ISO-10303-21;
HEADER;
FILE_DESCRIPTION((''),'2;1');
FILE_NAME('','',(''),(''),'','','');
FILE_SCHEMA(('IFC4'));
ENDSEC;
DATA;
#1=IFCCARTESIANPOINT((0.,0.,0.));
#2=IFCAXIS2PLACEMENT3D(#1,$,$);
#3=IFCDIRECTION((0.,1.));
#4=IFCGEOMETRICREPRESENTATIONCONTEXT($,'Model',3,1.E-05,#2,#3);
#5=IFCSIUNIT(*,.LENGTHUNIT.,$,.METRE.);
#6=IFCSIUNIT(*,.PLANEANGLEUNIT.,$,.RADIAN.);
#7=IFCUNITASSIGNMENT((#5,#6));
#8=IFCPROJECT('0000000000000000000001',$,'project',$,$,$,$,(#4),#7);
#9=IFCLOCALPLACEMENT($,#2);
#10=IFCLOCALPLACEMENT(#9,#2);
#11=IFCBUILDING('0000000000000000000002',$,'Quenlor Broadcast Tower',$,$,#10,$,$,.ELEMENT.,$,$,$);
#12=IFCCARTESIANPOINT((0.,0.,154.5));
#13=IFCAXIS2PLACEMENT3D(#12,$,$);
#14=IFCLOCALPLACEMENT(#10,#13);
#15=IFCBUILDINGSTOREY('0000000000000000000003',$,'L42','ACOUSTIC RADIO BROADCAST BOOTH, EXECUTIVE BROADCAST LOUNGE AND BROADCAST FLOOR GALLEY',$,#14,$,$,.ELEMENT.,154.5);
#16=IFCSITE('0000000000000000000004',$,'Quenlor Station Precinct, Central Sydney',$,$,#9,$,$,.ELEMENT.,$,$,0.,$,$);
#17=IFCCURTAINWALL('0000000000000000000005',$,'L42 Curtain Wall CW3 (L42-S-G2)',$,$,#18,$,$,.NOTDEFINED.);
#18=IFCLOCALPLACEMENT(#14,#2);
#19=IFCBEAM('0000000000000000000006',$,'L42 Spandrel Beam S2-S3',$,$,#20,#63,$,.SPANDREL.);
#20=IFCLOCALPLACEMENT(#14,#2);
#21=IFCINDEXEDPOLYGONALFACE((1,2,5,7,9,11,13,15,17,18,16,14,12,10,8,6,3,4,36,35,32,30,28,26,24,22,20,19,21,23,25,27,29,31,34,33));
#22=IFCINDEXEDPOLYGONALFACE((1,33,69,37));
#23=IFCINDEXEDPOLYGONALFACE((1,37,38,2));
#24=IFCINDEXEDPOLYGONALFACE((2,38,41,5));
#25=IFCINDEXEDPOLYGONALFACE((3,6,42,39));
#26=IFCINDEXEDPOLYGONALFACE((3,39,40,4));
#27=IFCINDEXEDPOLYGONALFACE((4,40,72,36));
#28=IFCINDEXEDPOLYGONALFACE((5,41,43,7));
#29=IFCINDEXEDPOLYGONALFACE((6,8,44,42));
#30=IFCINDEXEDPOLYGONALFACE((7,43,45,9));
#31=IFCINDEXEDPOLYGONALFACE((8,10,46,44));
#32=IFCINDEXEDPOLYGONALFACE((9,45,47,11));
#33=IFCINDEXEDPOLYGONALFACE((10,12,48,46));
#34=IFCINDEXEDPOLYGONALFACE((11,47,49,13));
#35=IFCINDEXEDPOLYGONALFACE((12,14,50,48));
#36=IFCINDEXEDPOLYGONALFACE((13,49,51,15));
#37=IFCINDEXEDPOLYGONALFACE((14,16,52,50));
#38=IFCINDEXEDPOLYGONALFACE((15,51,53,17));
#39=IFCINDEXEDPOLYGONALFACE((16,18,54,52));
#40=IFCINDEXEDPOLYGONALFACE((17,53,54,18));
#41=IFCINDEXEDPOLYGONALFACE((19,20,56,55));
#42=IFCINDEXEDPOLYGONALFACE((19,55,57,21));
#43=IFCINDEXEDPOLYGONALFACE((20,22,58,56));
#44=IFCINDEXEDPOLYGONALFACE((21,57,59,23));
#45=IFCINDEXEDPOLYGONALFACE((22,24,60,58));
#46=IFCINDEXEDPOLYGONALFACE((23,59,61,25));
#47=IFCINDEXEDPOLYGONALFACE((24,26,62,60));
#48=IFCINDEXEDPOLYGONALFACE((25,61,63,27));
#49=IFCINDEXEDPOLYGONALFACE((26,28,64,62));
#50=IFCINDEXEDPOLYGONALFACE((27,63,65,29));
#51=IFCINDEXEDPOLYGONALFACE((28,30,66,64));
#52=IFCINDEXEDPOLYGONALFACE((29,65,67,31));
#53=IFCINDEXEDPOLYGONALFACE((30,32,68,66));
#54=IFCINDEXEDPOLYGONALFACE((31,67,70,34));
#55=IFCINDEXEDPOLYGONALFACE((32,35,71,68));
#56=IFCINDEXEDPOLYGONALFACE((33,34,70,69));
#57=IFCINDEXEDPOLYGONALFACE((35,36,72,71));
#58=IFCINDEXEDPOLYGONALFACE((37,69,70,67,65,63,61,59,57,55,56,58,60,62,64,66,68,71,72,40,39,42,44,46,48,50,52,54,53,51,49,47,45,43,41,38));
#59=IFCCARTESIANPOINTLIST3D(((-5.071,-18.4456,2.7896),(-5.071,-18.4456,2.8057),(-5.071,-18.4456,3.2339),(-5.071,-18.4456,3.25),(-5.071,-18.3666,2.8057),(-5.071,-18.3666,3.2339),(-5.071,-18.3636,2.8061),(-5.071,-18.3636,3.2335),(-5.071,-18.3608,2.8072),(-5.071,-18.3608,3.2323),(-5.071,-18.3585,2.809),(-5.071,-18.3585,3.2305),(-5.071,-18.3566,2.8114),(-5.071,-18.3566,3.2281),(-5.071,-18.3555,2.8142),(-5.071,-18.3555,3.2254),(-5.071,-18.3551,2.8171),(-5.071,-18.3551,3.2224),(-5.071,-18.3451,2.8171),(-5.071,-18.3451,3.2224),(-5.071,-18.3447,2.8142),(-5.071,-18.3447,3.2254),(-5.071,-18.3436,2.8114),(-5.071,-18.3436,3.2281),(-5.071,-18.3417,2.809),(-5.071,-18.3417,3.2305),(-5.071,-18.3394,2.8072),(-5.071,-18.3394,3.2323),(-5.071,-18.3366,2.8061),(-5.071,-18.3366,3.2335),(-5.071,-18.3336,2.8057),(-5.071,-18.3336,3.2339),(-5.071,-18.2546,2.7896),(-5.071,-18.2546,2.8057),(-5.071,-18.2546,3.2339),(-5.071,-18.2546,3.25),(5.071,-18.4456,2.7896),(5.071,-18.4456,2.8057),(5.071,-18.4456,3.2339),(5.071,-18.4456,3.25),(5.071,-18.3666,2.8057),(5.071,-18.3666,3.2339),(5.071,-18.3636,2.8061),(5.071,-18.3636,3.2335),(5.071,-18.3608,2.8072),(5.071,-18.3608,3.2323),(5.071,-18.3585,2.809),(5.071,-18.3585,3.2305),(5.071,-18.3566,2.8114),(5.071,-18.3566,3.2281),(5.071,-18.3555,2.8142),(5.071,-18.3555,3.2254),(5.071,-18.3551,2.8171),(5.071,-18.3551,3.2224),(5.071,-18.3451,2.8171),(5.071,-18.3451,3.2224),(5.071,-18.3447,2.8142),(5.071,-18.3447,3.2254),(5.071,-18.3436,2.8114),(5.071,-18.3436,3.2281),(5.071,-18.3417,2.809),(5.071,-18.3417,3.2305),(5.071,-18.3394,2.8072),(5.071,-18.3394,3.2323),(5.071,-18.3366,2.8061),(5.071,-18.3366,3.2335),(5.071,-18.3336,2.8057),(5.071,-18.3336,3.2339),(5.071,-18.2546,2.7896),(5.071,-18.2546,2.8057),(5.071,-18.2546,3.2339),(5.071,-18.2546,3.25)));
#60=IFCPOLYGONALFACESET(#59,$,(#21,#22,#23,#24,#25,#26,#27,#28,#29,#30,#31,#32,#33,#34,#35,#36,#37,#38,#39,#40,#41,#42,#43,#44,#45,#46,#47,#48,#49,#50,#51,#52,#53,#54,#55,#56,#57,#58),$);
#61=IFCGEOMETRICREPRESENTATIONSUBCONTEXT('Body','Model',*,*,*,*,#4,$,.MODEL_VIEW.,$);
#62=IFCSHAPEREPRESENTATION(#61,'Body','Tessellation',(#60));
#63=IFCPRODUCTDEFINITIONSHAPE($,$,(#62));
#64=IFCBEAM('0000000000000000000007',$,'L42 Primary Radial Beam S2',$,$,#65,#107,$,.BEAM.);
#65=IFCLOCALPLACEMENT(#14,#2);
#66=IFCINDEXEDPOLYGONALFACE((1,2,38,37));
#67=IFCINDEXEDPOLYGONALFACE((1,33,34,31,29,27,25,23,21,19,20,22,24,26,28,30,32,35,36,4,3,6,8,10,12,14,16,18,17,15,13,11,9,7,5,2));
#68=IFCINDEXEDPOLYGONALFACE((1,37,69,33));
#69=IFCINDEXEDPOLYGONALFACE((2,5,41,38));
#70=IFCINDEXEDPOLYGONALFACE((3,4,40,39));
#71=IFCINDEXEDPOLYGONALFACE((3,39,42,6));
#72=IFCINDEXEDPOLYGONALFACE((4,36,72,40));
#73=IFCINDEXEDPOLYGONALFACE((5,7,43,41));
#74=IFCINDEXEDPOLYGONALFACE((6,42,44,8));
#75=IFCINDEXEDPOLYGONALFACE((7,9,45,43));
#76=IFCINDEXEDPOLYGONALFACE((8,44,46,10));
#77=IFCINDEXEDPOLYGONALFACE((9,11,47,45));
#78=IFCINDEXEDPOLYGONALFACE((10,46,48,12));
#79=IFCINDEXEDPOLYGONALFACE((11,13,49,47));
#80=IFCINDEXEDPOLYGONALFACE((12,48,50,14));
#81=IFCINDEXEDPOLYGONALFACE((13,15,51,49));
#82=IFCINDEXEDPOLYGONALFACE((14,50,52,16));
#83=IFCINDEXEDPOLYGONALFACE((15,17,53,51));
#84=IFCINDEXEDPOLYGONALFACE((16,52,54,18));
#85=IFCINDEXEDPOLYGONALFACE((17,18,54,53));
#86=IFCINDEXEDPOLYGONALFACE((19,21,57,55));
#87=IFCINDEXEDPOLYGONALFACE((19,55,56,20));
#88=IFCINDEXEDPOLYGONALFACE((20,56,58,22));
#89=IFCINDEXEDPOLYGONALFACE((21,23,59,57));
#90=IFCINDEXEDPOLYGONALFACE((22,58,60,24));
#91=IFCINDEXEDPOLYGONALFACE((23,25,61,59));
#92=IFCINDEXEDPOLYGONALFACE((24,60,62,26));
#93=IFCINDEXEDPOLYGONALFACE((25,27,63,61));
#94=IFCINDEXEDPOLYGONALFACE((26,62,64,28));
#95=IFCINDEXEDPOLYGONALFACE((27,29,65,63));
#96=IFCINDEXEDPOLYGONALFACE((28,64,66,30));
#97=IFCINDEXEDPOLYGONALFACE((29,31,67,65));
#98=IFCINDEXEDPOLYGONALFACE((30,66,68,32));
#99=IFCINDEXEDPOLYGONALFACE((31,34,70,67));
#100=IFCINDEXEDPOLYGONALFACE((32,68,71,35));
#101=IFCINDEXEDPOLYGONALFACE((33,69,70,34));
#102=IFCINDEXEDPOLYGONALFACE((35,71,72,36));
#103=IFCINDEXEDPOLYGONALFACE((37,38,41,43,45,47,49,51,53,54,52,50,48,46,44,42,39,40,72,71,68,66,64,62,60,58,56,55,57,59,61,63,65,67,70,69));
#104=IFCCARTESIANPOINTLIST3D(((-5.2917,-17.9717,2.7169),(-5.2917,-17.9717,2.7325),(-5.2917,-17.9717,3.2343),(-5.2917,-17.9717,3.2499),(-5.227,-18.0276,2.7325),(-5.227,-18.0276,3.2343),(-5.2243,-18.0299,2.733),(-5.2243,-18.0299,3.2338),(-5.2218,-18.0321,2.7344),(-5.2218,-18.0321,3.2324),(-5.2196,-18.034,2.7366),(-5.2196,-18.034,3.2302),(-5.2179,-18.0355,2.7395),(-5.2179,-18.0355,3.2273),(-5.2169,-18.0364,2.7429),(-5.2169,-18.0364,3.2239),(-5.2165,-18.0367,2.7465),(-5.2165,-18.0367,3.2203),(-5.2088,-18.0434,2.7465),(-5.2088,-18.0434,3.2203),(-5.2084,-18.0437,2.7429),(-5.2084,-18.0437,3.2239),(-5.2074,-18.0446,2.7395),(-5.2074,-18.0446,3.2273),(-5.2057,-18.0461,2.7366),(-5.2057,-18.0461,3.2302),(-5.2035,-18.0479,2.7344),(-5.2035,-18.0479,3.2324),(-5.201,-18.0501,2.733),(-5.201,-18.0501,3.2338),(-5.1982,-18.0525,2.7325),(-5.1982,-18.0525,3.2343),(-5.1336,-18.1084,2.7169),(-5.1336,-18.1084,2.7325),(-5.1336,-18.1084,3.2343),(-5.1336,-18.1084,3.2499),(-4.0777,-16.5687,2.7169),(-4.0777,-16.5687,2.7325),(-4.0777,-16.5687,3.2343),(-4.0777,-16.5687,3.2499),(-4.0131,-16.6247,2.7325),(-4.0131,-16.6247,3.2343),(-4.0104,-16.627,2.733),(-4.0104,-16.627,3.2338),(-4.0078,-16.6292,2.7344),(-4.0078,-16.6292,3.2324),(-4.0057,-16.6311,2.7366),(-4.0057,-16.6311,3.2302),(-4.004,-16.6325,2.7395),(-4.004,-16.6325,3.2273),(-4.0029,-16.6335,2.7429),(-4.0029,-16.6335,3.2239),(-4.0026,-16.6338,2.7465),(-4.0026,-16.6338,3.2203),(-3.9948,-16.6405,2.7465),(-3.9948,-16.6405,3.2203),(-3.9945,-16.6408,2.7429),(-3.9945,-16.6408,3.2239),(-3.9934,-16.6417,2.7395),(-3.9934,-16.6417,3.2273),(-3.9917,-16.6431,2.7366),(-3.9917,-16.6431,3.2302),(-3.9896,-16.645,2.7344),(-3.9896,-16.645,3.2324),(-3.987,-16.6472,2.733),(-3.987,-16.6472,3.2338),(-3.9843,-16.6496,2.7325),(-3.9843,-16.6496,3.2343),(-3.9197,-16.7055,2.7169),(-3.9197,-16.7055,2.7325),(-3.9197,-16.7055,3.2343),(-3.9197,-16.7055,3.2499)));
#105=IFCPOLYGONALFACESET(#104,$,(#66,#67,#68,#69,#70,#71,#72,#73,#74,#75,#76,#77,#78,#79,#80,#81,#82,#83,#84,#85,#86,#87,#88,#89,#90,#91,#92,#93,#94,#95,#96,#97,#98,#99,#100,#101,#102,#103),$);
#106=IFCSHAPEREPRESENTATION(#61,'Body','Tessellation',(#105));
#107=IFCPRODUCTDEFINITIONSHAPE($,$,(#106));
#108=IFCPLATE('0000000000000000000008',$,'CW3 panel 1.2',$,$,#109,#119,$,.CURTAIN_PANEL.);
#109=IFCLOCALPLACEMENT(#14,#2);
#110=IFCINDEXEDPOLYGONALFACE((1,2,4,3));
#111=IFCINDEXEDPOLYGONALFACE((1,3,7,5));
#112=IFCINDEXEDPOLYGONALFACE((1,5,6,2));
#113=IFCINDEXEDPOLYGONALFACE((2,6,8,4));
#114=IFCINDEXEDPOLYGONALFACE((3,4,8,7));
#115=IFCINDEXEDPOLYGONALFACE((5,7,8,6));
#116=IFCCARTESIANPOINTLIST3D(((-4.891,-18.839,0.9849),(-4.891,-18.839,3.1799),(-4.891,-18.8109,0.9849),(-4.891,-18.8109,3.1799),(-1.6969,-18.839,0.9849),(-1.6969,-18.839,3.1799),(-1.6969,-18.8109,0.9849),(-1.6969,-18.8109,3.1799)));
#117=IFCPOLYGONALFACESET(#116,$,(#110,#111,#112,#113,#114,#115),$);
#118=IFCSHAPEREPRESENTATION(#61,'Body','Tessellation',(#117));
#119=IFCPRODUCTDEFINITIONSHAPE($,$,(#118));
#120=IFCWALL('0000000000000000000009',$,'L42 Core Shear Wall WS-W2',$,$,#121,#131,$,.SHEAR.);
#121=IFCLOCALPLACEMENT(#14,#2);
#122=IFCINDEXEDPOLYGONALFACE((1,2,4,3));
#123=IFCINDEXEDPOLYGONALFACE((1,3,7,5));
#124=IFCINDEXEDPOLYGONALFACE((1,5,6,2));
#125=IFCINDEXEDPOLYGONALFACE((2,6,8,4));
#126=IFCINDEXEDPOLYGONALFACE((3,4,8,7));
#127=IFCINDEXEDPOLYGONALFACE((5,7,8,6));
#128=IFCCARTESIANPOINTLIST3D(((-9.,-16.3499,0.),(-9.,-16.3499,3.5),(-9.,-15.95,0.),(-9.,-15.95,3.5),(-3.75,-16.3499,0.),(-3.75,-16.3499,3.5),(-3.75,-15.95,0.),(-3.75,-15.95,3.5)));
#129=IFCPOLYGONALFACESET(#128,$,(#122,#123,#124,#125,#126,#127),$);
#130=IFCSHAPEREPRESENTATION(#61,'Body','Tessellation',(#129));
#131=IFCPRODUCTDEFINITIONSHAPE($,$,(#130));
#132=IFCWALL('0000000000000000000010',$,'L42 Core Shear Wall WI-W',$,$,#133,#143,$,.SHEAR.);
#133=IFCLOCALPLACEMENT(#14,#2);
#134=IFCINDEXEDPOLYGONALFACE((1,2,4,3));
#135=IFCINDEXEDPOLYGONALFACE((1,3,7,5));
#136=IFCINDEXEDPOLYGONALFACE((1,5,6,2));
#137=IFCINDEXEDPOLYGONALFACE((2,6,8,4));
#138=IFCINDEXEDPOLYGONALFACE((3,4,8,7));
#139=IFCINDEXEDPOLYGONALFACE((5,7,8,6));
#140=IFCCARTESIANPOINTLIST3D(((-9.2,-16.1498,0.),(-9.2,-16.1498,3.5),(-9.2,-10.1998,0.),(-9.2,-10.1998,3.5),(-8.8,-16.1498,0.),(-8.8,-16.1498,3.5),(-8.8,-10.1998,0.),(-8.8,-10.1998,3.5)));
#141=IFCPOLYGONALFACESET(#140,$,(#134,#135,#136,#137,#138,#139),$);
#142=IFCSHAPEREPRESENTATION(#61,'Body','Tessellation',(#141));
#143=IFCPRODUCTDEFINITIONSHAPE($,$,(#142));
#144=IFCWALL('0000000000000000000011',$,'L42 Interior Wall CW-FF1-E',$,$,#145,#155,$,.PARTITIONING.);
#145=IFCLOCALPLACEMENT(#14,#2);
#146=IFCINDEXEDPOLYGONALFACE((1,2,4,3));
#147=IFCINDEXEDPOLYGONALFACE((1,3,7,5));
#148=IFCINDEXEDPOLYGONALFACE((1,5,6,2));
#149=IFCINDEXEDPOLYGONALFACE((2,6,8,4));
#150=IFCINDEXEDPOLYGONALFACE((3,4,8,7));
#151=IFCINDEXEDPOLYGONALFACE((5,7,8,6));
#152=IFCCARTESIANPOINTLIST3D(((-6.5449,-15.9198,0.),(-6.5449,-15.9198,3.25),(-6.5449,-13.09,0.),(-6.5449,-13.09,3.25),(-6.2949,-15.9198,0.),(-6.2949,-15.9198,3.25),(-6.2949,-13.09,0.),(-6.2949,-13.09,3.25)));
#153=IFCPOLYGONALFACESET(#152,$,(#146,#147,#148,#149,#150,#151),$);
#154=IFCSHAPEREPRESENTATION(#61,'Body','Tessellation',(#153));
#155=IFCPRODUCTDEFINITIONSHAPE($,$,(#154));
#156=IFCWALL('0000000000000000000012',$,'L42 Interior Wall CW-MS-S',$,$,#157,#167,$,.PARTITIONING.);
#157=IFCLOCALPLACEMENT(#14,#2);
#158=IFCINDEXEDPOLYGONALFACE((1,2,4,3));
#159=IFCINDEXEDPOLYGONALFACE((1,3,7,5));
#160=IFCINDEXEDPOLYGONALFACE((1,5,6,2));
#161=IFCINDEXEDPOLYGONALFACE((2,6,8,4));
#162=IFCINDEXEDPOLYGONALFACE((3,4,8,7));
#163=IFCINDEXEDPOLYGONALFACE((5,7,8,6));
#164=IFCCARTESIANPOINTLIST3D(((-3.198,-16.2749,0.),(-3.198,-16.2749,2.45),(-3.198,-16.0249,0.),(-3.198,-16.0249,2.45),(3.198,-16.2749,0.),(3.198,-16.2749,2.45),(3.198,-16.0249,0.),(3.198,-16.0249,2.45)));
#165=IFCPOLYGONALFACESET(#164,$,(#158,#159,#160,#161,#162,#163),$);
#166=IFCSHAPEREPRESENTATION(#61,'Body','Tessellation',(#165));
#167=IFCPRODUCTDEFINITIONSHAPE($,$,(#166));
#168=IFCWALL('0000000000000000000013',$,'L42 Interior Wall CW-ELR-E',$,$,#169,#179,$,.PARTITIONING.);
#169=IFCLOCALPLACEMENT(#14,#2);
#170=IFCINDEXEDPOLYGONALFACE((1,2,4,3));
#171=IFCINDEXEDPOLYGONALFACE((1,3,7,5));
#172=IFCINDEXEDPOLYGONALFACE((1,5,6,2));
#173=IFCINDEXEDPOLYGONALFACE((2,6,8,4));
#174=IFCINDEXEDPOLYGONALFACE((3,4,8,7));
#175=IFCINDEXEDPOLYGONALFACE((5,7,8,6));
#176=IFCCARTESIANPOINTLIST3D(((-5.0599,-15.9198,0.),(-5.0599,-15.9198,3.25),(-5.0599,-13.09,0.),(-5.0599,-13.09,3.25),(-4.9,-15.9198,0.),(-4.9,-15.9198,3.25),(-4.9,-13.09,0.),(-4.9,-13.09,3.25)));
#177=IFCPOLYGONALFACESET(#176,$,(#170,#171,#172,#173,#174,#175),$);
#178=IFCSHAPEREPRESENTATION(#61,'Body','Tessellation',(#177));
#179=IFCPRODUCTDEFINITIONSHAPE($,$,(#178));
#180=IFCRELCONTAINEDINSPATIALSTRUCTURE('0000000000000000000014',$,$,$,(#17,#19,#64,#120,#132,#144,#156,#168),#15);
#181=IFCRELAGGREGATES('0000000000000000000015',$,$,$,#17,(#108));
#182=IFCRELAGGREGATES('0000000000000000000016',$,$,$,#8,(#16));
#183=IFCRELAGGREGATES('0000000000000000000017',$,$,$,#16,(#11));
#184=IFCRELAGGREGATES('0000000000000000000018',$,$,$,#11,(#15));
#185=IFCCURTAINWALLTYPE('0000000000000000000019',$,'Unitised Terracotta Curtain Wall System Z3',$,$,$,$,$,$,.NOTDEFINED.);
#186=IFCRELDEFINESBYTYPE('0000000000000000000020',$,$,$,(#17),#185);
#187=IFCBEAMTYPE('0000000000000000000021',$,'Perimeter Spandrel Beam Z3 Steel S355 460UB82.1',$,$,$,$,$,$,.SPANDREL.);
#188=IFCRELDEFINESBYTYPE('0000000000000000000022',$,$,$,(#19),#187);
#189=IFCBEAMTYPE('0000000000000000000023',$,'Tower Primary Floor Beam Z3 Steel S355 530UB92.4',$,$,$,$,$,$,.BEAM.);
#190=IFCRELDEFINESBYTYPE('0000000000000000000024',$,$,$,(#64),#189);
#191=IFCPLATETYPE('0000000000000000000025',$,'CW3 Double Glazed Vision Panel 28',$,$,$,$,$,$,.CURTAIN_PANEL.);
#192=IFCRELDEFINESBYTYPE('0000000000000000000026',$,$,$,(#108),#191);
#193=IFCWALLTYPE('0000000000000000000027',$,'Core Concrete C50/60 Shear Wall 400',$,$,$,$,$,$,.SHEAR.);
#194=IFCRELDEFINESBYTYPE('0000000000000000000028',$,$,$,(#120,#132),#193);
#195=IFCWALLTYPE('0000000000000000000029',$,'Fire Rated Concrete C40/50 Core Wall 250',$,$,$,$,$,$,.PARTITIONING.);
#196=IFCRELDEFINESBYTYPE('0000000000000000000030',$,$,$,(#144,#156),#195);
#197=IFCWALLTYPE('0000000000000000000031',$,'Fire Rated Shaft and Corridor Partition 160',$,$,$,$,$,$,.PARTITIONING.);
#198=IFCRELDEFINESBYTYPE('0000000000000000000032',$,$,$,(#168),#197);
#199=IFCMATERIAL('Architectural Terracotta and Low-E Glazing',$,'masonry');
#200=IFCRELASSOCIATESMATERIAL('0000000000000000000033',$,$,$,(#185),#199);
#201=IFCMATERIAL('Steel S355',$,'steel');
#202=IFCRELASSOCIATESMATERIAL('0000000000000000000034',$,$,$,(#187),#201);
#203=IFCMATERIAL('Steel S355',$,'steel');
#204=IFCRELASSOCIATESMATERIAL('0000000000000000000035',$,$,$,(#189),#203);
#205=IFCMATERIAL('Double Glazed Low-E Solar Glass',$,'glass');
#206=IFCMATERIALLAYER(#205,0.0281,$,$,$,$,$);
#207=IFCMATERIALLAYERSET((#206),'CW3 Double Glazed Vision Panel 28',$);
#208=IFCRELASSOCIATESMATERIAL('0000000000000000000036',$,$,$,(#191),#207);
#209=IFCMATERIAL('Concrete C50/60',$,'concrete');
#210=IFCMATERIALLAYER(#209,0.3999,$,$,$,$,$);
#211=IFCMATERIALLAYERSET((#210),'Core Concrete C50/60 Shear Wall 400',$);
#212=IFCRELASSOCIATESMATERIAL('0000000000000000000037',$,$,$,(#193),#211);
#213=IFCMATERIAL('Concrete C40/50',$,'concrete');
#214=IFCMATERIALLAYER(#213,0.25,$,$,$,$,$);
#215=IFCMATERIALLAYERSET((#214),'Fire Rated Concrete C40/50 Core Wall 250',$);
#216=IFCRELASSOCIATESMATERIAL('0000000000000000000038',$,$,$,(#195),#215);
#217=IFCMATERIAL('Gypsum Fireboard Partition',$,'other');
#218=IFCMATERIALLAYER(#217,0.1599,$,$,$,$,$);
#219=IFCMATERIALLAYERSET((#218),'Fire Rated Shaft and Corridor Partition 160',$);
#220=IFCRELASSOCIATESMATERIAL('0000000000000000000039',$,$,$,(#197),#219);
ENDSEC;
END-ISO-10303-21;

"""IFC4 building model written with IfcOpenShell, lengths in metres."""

from ifc_helpers import new_model, si_unit, direction, frame, frame_2d, origin, origin_2d, place, context, subcontext, project, spatial, rectangle, i_section, extrude, material, layer, layer_set, material_profile, profile_set, type_object, element, aggregate, save


model = new_model("IFC4")

# Units and contexts
model_context = context("Model", 3, precision=1e-05, world=origin(), true_north=direction((0.0, 1.0)))
body_context = subcontext(model_context, "Body", "Model", "MODEL_VIEW")
ifc_project = project(units=[si_unit("LENGTHUNIT", "METRE"), si_unit("PLANEANGLEUNIT", "RADIAN")], contexts=[model_context])

# Site, building, storey
site_placement = place(None, origin())
site = spatial("IfcSite", under=ifc_project, at=site_placement, Name="Quenlor Station Precinct, Central Sydney", CompositionType="ELEMENT", RefElevation=0.0)
building_placement = place(site_placement, origin())
building = spatial("IfcBuilding", under=site, at=building_placement, Name="Quenlor Broadcast Tower", CompositionType="ELEMENT")
storey_placement = place(building_placement, frame((0.0, 0.0, 154.5)))
storey = spatial("IfcBuildingStorey", under=building, at=storey_placement, Name="L42", Description="ACOUSTIC RADIO BROADCAST BOOTH, EXECUTIVE BROADCAST LOUNGE AND BROADCAST FLOOR GALLEY", CompositionType="ELEMENT", Elevation=154.5)

# Curtain wall
ifc_material_1 = material(Name="Architectural Terracotta and Low-E Glazing", Category="masonry")
curtain_wall_type = type_object("IfcCurtainWallType", Name="Unitised Terracotta Curtain Wall System Z3", PredefinedType="NOTDEFINED", material=ifc_material_1)
curtain_wall_placement = place(storey_placement, origin())
curtain_wall = element("IfcCurtainWall", 1, at=curtain_wall_placement, inside=storey, type_object=curtain_wall_type, Name="L42 Curtain Wall CW3 (L42-S-G2)", PredefinedType="NOTDEFINED")

# Beams
ifc_material_2 = material(Name="Steel S355", Category="steel")
ifc_material_profile_1 = material_profile(ifc_material_2, i_section(OverallWidth=0.1909, OverallDepth=0.4604, WebThickness=0.01, FlangeThickness=0.0161, FilletRadius=0.0115, at=origin_2d()))
ifc_profile_set_1 = profile_set([ifc_material_profile_1], Name="Steel S355 460UB82.1")
beam_type_1 = type_object("IfcBeamType", Name="Perimeter Spandrel Beam Z3 Steel S355 460UB82.1", PredefinedType="SPANDREL", material=ifc_profile_set_1)
beam_1_placement = place(storey_placement, frame((-5.071, -18.3501, 3.0198), z_axis=(1.0, 0.0, 0.0), x_axis=(0.0, 1.0, 0.0)))
element("IfcBeam", 2, at=beam_1_placement, inside=storey, type_object=beam_type_1, Name="L42 Spandrel Beam S2-S3", PredefinedType="SPANDREL", context=body_context, shape_type="SweptSolid", body=[
    extrude(i_section(OverallWidth=0.1909, OverallDepth=0.4604, WebThickness=0.01, FlangeThickness=0.0161, FilletRadius=0.0115, at=origin_2d()), origin(), (0.0, 0.0, 1.0), 10.1421),
])
ifc_material_3 = material(Name="Steel S355", Category="steel")
ifc_material_profile_2 = material_profile(ifc_material_3, i_section(OverallWidth=0.209, OverallDepth=0.533, WebThickness=0.0103, FlangeThickness=0.0156, FilletRadius=0.0139, at=origin_2d()))
ifc_profile_set_2 = profile_set([ifc_material_profile_2], Name="Steel S355 530UB92.4")
beam_type_2 = type_object("IfcBeamType", Name="Tower Primary Floor Beam Z3 Steel S355 530UB92.4", PredefinedType="BEAM", material=ifc_profile_set_2)
beam_2_placement = place(storey_placement, frame((-5.2126, -18.04, 2.9834), z_axis=(0.654339, 0.756201, 0.0), x_axis=(-0.756201, 0.654339, 0.0)))
element("IfcBeam", 3, at=beam_2_placement, inside=storey, type_object=beam_type_2, Name="L42 Primary Radial Beam S2", PredefinedType="BEAM", context=body_context, shape_type="SweptSolid", body=[
    extrude(i_section(OverallWidth=0.209, OverallDepth=0.533, WebThickness=0.0103, FlangeThickness=0.0156, FilletRadius=0.0139, at=origin_2d()), origin(), (0.0, 0.0, 1.0), 1.8552),
])

# Plate
ifc_material_4 = material(Name="Double Glazed Low-E Solar Glass", Category="glass")
ifc_layer_1 = layer(ifc_material_4, 0.0281)
ifc_layer_set_1 = layer_set([ifc_layer_1], Name="CW3 Double Glazed Vision Panel 28")
plate_type = type_object("IfcPlateType", Name="CW3 Double Glazed Vision Panel 28", PredefinedType="CURTAIN_PANEL", material=ifc_layer_set_1)
plate_placement = place(storey_placement, frame((-3.2939, -18.825, 0.9849), z_axis=(0.0, 0.0, 1.0), x_axis=(-1.0, 0.0, 0.0)))
plate = element("IfcPlate", 4, at=plate_placement, type_object=plate_type, Name="CW3 panel 1.2", PredefinedType="CURTAIN_PANEL", context=body_context, shape_type="SweptSolid", body=[
    extrude(rectangle(XDim=3.1941, YDim=0.0281, at=origin_2d()), origin(), (0.0, 0.0, 1.0), 2.1951),
])
aggregate(curtain_wall, [plate])

# Walls
ifc_material_5 = material(Name="Concrete C50/60", Category="concrete")
ifc_layer_2 = layer(ifc_material_5, 0.3999)
ifc_layer_set_2 = layer_set([ifc_layer_2], Name="Core Concrete C50/60 Shear Wall 400")
wall_type_1 = type_object("IfcWallType", Name="Core Concrete C50/60 Shear Wall 400", PredefinedType="SHEAR", material=ifc_layer_set_2)
wall_1_placement = place(storey_placement, frame((-9.0, -16.1499, 0.0), z_axis=(0.0, 0.0, 1.0), x_axis=(1.0, 0.0, 0.0)))
element("IfcWall", 5, at=wall_1_placement, inside=storey, type_object=wall_type_1, Name="L42 Core Shear Wall WS-W2", PredefinedType="SHEAR", context=body_context, shape_type="SweptSolid", body=[
    extrude(rectangle(XDim=5.25, YDim=0.3999, at=frame_2d((2.625, 0.0))), origin(), (0.0, 0.0, 1.0), 3.5),
])
wall_2_placement = place(storey_placement, frame((-9.0, -16.1499, 0.0), z_axis=(0.0, 0.0, 1.0), x_axis=(0.0, 1.0, 0.0)))
element("IfcWall", 6, at=wall_2_placement, inside=storey, type_object=wall_type_1, Name="L42 Core Shear Wall WI-W", PredefinedType="SHEAR", context=body_context, shape_type="SweptSolid", body=[
    extrude(rectangle(XDim=5.95, YDim=0.3999, at=frame_2d((2.9751, 0.0))), origin(), (0.0, 0.0, 1.0), 3.5),
])
ifc_material_6 = material(Name="Concrete C40/50", Category="concrete")
ifc_layer_3 = layer(ifc_material_6, 0.25)
ifc_layer_set_3 = layer_set([ifc_layer_3], Name="Fire Rated Concrete C40/50 Core Wall 250")
wall_type_2 = type_object("IfcWallType", Name="Fire Rated Concrete C40/50 Core Wall 250", PredefinedType="PARTITIONING", material=ifc_layer_set_3)
wall_3_placement = place(storey_placement, frame((-6.4199, -15.9199, 0.0), z_axis=(0.0, 0.0, 1.0), x_axis=(0.0, 1.0, 0.0)))
element("IfcWall", 7, at=wall_3_placement, inside=storey, type_object=wall_type_2, Name="L42 Interior Wall CW-FF1-E", PredefinedType="PARTITIONING", context=body_context, shape_type="SweptSolid", body=[
    extrude(rectangle(XDim=2.8298, YDim=0.25, at=frame_2d((1.415, 0.0))), origin(), (0.0, 0.0, 1.0), 3.25),
])
wall_4_placement = place(storey_placement, frame((-3.198, -16.1499, 0.0), z_axis=(0.0, 0.0, 1.0), x_axis=(1.0, 0.0, 0.0)))
element("IfcWall", 8, at=wall_4_placement, inside=storey, type_object=wall_type_2, Name="L42 Interior Wall CW-MS-S", PredefinedType="PARTITIONING", context=body_context, shape_type="SweptSolid", body=[
    extrude(rectangle(XDim=6.396, YDim=0.25, at=frame_2d((3.198, 0.0))), origin(), (0.0, 0.0, 1.0), 2.45),
])
ifc_material_7 = material(Name="Gypsum Fireboard Partition", Category="other")
ifc_layer_4 = layer(ifc_material_7, 0.1599)
ifc_layer_set_4 = layer_set([ifc_layer_4], Name="Fire Rated Shaft and Corridor Partition 160")
wall_type_3 = type_object("IfcWallType", Name="Fire Rated Shaft and Corridor Partition 160", PredefinedType="PARTITIONING", material=ifc_layer_set_4)
wall_5_placement = place(storey_placement, frame((-4.98, -15.9199, 0.0), z_axis=(0.0, 0.0, 1.0), x_axis=(0.0, 1.0, 0.0)))
element("IfcWall", 9, at=wall_5_placement, inside=storey, type_object=wall_type_3, Name="L42 Interior Wall CW-ELR-E", PredefinedType="PARTITIONING", context=body_context, shape_type="SweptSolid", body=[
    extrude(rectangle(XDim=2.8298, YDim=0.1599, at=frame_2d((1.415, 0.0))), origin(), (0.0, 0.0, 1.0), 3.25),
])

save(model, "model.ifc")
